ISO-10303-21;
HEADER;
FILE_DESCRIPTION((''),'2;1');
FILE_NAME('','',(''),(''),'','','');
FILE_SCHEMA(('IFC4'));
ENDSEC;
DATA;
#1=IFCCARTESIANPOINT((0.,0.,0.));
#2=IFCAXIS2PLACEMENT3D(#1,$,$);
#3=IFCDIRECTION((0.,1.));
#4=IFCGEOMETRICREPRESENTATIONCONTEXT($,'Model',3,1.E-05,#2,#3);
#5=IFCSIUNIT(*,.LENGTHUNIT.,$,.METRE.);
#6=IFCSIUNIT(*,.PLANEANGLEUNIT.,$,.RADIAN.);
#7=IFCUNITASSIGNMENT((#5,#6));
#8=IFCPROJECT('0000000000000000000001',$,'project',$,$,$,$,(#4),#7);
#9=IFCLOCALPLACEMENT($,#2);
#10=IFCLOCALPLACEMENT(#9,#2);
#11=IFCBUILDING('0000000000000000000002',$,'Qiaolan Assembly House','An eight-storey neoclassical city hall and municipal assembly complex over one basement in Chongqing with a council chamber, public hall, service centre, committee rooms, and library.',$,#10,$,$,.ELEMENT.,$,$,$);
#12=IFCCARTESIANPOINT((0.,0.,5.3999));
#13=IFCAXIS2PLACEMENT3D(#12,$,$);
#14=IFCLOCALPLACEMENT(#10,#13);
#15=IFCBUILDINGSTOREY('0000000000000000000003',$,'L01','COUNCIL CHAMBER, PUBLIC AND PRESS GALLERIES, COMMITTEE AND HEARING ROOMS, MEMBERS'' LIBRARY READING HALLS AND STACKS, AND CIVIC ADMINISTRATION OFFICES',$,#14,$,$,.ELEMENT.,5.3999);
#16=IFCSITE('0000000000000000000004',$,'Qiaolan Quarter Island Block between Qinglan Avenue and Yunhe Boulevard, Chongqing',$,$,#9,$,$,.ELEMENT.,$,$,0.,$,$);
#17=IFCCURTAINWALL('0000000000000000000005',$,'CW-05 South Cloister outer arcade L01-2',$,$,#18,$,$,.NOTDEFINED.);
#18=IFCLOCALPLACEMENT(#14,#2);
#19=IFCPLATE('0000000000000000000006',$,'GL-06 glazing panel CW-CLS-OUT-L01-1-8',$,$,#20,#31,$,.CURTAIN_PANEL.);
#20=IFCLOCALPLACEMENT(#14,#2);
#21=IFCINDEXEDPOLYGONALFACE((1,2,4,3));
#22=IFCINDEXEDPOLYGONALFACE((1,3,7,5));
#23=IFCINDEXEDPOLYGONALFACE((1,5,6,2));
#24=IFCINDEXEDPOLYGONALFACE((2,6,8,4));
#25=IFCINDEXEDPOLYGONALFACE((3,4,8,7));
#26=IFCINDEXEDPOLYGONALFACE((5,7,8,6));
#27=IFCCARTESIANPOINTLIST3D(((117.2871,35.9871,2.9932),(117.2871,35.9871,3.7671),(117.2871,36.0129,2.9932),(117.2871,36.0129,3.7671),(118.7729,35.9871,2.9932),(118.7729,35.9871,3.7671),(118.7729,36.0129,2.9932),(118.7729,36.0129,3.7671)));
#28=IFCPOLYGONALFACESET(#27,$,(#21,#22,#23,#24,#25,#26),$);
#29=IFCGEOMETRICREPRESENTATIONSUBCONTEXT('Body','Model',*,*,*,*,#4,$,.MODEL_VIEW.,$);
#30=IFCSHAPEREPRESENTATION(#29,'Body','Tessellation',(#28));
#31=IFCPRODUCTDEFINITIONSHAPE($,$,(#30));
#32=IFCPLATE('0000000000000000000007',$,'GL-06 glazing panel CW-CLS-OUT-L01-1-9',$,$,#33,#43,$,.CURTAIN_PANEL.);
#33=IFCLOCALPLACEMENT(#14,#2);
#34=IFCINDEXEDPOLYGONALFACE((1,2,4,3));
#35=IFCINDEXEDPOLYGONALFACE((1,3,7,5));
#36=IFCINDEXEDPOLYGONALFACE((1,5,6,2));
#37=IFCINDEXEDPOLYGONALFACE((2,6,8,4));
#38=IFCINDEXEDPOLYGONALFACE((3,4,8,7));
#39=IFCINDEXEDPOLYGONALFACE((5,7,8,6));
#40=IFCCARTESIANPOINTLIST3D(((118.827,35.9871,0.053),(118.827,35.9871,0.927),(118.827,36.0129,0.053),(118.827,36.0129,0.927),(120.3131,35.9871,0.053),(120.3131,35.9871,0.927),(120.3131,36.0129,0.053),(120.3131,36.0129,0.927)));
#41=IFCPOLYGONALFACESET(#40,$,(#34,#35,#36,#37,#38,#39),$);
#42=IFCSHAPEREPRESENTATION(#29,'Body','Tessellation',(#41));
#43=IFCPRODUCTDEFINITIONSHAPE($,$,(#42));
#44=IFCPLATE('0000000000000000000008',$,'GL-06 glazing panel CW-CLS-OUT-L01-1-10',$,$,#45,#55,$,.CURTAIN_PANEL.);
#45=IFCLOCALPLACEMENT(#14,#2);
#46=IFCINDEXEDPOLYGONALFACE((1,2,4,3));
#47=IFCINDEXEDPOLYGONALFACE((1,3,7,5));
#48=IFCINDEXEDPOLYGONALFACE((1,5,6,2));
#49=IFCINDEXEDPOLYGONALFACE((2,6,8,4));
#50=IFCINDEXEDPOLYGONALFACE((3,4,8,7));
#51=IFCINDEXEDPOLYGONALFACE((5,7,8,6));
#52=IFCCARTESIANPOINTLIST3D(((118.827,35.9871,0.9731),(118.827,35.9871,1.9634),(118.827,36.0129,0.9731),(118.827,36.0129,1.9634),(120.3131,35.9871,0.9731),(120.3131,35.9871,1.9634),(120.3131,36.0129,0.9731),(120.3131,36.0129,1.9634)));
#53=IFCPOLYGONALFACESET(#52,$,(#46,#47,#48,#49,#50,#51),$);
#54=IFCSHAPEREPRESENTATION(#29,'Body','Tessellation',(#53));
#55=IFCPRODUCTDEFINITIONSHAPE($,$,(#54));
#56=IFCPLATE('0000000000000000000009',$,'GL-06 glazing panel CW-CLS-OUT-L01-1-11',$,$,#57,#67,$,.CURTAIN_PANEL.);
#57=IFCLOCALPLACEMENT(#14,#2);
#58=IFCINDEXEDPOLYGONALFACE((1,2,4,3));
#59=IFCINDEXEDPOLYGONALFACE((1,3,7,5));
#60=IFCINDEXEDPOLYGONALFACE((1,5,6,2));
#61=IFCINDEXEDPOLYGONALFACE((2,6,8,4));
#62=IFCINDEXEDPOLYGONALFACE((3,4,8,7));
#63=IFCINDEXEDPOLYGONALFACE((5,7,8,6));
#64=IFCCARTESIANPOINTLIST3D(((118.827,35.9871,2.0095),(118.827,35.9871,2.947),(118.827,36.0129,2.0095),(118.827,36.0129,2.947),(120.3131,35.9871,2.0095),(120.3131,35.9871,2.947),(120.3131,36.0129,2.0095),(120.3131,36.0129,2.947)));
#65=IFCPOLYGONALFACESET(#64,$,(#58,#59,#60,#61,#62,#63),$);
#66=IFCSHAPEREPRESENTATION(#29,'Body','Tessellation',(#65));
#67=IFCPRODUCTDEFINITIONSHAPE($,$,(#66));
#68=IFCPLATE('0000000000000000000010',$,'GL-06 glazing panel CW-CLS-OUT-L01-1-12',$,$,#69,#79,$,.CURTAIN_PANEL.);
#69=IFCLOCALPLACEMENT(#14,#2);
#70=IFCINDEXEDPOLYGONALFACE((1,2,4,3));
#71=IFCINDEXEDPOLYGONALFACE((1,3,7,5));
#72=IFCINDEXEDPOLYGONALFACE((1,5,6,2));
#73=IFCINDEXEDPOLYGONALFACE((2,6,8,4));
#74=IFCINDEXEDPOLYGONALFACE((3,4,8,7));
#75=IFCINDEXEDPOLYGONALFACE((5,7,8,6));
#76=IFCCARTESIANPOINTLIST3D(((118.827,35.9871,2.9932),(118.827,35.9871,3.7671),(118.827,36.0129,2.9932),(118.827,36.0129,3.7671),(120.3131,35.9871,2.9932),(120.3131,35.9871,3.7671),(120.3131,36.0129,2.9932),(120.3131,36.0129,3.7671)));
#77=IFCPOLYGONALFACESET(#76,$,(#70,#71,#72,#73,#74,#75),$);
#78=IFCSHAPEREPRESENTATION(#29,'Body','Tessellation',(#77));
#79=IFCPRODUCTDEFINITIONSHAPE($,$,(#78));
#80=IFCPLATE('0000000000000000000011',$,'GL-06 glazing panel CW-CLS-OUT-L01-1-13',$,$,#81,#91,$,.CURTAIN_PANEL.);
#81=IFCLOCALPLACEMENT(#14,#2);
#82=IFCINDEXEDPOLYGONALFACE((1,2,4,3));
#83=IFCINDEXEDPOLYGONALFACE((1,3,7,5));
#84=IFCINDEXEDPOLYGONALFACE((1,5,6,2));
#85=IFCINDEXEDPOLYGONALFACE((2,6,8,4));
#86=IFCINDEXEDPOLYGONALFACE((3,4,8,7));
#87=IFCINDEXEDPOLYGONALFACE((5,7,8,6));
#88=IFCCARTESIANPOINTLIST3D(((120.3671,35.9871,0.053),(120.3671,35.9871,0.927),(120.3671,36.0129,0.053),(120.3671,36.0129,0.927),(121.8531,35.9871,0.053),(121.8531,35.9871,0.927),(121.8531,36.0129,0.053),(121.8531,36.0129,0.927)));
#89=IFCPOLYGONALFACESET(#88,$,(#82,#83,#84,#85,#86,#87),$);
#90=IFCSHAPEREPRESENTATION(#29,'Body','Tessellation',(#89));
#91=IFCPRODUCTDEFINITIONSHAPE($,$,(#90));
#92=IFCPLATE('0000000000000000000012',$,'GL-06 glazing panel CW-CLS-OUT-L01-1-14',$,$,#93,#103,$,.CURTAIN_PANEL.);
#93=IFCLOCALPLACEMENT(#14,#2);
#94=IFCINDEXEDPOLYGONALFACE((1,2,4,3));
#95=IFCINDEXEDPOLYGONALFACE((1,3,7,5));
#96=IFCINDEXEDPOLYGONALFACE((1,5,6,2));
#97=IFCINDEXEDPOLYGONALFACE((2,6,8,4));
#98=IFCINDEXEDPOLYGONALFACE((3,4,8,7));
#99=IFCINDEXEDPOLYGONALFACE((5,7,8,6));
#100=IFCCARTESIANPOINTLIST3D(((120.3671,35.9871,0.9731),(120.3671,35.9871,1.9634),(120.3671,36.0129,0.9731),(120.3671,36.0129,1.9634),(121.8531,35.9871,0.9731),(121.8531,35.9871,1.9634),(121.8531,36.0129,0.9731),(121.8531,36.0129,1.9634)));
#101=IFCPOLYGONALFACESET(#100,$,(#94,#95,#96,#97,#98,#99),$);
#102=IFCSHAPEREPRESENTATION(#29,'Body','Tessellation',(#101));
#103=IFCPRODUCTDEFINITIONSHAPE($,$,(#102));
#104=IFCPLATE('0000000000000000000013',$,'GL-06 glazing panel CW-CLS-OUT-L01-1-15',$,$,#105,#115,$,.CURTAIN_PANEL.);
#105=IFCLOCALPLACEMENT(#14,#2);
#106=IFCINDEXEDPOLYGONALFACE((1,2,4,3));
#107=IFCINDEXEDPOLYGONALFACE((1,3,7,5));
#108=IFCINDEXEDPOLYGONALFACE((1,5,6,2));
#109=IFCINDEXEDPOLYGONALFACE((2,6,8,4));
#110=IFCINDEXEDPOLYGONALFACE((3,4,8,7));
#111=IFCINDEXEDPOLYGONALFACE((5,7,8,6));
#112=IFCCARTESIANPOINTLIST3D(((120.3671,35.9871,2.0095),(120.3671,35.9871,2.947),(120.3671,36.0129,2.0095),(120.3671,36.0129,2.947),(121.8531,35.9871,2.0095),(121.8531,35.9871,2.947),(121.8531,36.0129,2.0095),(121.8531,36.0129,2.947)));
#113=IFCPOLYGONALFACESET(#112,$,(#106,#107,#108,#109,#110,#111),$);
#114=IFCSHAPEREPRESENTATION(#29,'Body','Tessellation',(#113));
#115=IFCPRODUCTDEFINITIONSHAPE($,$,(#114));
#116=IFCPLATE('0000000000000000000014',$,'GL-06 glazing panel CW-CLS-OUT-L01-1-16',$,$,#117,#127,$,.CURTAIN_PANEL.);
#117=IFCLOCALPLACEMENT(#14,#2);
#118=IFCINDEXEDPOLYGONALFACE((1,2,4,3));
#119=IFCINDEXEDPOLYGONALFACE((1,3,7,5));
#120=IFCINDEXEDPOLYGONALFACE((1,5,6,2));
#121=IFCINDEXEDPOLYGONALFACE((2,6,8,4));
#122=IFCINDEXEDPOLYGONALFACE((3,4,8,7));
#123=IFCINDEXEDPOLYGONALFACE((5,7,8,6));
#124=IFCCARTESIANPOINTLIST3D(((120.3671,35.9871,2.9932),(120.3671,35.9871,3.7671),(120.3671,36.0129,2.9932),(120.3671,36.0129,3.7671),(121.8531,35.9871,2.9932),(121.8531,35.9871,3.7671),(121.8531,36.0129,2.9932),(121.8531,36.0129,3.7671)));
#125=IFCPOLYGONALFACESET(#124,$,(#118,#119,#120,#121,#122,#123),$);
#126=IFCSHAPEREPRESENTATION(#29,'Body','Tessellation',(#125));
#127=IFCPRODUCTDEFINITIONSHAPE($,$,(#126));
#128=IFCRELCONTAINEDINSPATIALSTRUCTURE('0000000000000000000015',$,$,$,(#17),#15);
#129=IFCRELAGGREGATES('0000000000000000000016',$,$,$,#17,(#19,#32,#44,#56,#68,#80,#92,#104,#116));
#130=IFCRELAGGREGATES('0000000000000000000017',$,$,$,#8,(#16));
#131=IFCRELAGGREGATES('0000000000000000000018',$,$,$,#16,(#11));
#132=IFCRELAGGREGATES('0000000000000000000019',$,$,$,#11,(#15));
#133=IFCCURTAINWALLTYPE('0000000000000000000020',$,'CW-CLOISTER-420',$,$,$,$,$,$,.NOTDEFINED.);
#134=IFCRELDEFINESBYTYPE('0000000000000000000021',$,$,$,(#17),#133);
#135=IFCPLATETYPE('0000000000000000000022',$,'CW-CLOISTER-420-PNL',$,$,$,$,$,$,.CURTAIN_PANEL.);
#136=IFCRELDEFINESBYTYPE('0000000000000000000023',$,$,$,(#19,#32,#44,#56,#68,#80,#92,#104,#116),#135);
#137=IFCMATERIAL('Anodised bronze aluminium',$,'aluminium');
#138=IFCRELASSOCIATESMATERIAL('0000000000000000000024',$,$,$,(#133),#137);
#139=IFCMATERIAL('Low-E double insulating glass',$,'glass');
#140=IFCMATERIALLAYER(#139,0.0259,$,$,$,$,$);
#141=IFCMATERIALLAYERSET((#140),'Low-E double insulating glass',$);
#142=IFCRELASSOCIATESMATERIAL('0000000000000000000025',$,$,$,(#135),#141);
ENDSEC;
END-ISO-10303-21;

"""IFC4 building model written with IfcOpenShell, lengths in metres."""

from ifc_helpers import new_model, si_unit, direction, frame, frame_2d, origin, place, context, subcontext, project, spatial, rectangle, extrude, material, layer, layer_set, type_object, element, aggregate, save


model = new_model("IFC4")

# Units and contexts
model_context = context("Model", 3, precision=1e-05, world=origin(), true_north=direction((0.0, 1.0)))
body_context = subcontext(model_context, "Body", "Model", "MODEL_VIEW")
ifc_project = project(units=[si_unit("LENGTHUNIT", "METRE"), si_unit("PLANEANGLEUNIT", "RADIAN")], contexts=[model_context])

# Site, building, storey
site_placement = place(None, origin())
site = spatial("IfcSite", under=ifc_project, at=site_placement, Name="Qiaolan Quarter Island Block between Qinglan Avenue and Yunhe Boulevard, Chongqing", CompositionType="ELEMENT", RefElevation=0.0)
building_placement = place(site_placement, origin())
building = spatial("IfcBuilding", under=site, at=building_placement, Name="Qiaolan Assembly House", Description="An eight-storey neoclassical city hall and municipal assembly complex over one basement in Chongqing with a council chamber, public hall, service centre, committee rooms, and library.", CompositionType="ELEMENT")
storey_placement = place(building_placement, frame((0.0, 0.0, 5.3999)))
storey = spatial("IfcBuildingStorey", under=building, at=storey_placement, Name="L01", Description="COUNCIL CHAMBER, PUBLIC AND PRESS GALLERIES, COMMITTEE AND HEARING ROOMS, MEMBERS' LIBRARY READING HALLS AND STACKS, AND CIVIC ADMINISTRATION OFFICES", CompositionType="ELEMENT", Elevation=5.3999)

# Curtain wall
ifc_material_1 = material(Name="Anodised bronze aluminium", Category="aluminium")
curtain_wall_type = type_object("IfcCurtainWallType", Name="CW-CLOISTER-420", PredefinedType="NOTDEFINED", material=ifc_material_1)
curtain_wall_placement = place(storey_placement, origin())
curtain_wall = element("IfcCurtainWall", 1, at=curtain_wall_placement, inside=storey, type_object=curtain_wall_type, Name="CW-05 South Cloister outer arcade L01-2", PredefinedType="NOTDEFINED")

# Plates
ifc_material_2 = material(Name="Low-E double insulating glass", Category="glass")
ifc_layer = layer(ifc_material_2, 0.0259)
ifc_layer_set = layer_set([ifc_layer], Name="Low-E double insulating glass")
plate_type = type_object("IfcPlateType", Name="CW-CLOISTER-420-PNL", PredefinedType="CURTAIN_PANEL", material=ifc_layer_set)
plate_1_placement = place(storey_placement, frame((117.2871, 36.0, 2.9932), z_axis=(0.0, 0.0, 1.0), x_axis=(1.0, 0.0, 0.0)))
plate_1 = element("IfcPlate", 2, at=plate_1_placement, type_object=plate_type, Name="GL-06 glazing panel CW-CLS-OUT-L01-1-8", PredefinedType="CURTAIN_PANEL", context=body_context, shape_type="SweptSolid", body=[
    extrude(rectangle(XDim=1.4858, YDim=0.0259, at=frame_2d((0.7429, 0.0))), origin(), (0.0, 0.0, 1.0), 0.7739),
])
plate_2_placement = place(storey_placement, frame((118.8269, 36.0, 0.053), z_axis=(0.0, 0.0, 1.0), x_axis=(1.0, 0.0, 0.0)))
plate_2 = element("IfcPlate", 3, at=plate_2_placement, type_object=plate_type, Name="GL-06 glazing panel CW-CLS-OUT-L01-1-9", PredefinedType="CURTAIN_PANEL", context=body_context, shape_type="SweptSolid", body=[
    extrude(rectangle(XDim=1.4861, YDim=0.0259, at=frame_2d((0.7432, 0.0))), origin(), (0.0, 0.0, 1.0), 0.874),
])
plate_3_placement = place(storey_placement, frame((118.8269, 36.0, 0.9731), z_axis=(0.0, 0.0, 1.0), x_axis=(1.0, 0.0, 0.0)))
plate_3 = element("IfcPlate", 4, at=plate_3_placement, type_object=plate_type, Name="GL-06 glazing panel CW-CLS-OUT-L01-1-10", PredefinedType="CURTAIN_PANEL", context=body_context, shape_type="SweptSolid", body=[
    extrude(rectangle(XDim=1.4861, YDim=0.0259, at=frame_2d((0.7432, 0.0))), origin(), (0.0, 0.0, 1.0), 0.9902),
])
plate_4_placement = place(storey_placement, frame((118.8269, 36.0, 2.0095), z_axis=(0.0, 0.0, 1.0), x_axis=(1.0, 0.0, 0.0)))
plate_4 = element("IfcPlate", 5, at=plate_4_placement, type_object=plate_type, Name="GL-06 glazing panel CW-CLS-OUT-L01-1-11", PredefinedType="CURTAIN_PANEL", context=body_context, shape_type="SweptSolid", body=[
    extrude(rectangle(XDim=1.4861, YDim=0.0259, at=frame_2d((0.7432, 0.0))), origin(), (0.0, 0.0, 1.0), 0.9375),
])
plate_5_placement = place(storey_placement, frame((118.8269, 36.0, 2.9932), z_axis=(0.0, 0.0, 1.0), x_axis=(1.0, 0.0, 0.0)))
plate_5 = element("IfcPlate", 6, at=plate_5_placement, type_object=plate_type, Name="GL-06 glazing panel CW-CLS-OUT-L01-1-12", PredefinedType="CURTAIN_PANEL", context=body_context, shape_type="SweptSolid", body=[
    extrude(rectangle(XDim=1.4861, YDim=0.0259, at=frame_2d((0.7432, 0.0))), origin(), (0.0, 0.0, 1.0), 0.7739),
])
plate_6_placement = place(storey_placement, frame((120.3669, 36.0, 0.053), z_axis=(0.0, 0.0, 1.0), x_axis=(1.0, 0.0, 0.0)))
plate_6 = element("IfcPlate", 7, at=plate_6_placement, type_object=plate_type, Name="GL-06 glazing panel CW-CLS-OUT-L01-1-13", PredefinedType="CURTAIN_PANEL", context=body_context, shape_type="SweptSolid", body=[
    extrude(rectangle(XDim=1.4861, YDim=0.0259, at=frame_2d((0.7432, 0.0))), origin(), (0.0, 0.0, 1.0), 0.874),
])
plate_7_placement = place(storey_placement, frame((120.3669, 36.0, 0.9731), z_axis=(0.0, 0.0, 1.0), x_axis=(1.0, 0.0, 0.0)))
plate_7 = element("IfcPlate", 8, at=plate_7_placement, type_object=plate_type, Name="GL-06 glazing panel CW-CLS-OUT-L01-1-14", PredefinedType="CURTAIN_PANEL", context=body_context, shape_type="SweptSolid", body=[
    extrude(rectangle(XDim=1.4861, YDim=0.0259, at=frame_2d((0.7432, 0.0))), origin(), (0.0, 0.0, 1.0), 0.9902),
])
plate_8_placement = place(storey_placement, frame((120.3669, 36.0, 2.0095), z_axis=(0.0, 0.0, 1.0), x_axis=(1.0, 0.0, 0.0)))
plate_8 = element("IfcPlate", 9, at=plate_8_placement, type_object=plate_type, Name="GL-06 glazing panel CW-CLS-OUT-L01-1-15", PredefinedType="CURTAIN_PANEL", context=body_context, shape_type="SweptSolid", body=[
    extrude(rectangle(XDim=1.4861, YDim=0.0259, at=frame_2d((0.7432, 0.0))), origin(), (0.0, 0.0, 1.0), 0.9375),
])
plate_9_placement = place(storey_placement, frame((120.3669, 36.0, 2.9932), z_axis=(0.0, 0.0, 1.0), x_axis=(1.0, 0.0, 0.0)))
plate_9 = element("IfcPlate", 10, at=plate_9_placement, type_object=plate_type, Name="GL-06 glazing panel CW-CLS-OUT-L01-1-16", PredefinedType="CURTAIN_PANEL", context=body_context, shape_type="SweptSolid", body=[
    extrude(rectangle(XDim=1.4861, YDim=0.0259, at=frame_2d((0.7432, 0.0))), origin(), (0.0, 0.0, 1.0), 0.7739),
])
aggregate(curtain_wall, [plate_1, plate_2, plate_3, plate_4, plate_5, plate_6, plate_7, plate_8, plate_9])

save(model, "model.ifc")
